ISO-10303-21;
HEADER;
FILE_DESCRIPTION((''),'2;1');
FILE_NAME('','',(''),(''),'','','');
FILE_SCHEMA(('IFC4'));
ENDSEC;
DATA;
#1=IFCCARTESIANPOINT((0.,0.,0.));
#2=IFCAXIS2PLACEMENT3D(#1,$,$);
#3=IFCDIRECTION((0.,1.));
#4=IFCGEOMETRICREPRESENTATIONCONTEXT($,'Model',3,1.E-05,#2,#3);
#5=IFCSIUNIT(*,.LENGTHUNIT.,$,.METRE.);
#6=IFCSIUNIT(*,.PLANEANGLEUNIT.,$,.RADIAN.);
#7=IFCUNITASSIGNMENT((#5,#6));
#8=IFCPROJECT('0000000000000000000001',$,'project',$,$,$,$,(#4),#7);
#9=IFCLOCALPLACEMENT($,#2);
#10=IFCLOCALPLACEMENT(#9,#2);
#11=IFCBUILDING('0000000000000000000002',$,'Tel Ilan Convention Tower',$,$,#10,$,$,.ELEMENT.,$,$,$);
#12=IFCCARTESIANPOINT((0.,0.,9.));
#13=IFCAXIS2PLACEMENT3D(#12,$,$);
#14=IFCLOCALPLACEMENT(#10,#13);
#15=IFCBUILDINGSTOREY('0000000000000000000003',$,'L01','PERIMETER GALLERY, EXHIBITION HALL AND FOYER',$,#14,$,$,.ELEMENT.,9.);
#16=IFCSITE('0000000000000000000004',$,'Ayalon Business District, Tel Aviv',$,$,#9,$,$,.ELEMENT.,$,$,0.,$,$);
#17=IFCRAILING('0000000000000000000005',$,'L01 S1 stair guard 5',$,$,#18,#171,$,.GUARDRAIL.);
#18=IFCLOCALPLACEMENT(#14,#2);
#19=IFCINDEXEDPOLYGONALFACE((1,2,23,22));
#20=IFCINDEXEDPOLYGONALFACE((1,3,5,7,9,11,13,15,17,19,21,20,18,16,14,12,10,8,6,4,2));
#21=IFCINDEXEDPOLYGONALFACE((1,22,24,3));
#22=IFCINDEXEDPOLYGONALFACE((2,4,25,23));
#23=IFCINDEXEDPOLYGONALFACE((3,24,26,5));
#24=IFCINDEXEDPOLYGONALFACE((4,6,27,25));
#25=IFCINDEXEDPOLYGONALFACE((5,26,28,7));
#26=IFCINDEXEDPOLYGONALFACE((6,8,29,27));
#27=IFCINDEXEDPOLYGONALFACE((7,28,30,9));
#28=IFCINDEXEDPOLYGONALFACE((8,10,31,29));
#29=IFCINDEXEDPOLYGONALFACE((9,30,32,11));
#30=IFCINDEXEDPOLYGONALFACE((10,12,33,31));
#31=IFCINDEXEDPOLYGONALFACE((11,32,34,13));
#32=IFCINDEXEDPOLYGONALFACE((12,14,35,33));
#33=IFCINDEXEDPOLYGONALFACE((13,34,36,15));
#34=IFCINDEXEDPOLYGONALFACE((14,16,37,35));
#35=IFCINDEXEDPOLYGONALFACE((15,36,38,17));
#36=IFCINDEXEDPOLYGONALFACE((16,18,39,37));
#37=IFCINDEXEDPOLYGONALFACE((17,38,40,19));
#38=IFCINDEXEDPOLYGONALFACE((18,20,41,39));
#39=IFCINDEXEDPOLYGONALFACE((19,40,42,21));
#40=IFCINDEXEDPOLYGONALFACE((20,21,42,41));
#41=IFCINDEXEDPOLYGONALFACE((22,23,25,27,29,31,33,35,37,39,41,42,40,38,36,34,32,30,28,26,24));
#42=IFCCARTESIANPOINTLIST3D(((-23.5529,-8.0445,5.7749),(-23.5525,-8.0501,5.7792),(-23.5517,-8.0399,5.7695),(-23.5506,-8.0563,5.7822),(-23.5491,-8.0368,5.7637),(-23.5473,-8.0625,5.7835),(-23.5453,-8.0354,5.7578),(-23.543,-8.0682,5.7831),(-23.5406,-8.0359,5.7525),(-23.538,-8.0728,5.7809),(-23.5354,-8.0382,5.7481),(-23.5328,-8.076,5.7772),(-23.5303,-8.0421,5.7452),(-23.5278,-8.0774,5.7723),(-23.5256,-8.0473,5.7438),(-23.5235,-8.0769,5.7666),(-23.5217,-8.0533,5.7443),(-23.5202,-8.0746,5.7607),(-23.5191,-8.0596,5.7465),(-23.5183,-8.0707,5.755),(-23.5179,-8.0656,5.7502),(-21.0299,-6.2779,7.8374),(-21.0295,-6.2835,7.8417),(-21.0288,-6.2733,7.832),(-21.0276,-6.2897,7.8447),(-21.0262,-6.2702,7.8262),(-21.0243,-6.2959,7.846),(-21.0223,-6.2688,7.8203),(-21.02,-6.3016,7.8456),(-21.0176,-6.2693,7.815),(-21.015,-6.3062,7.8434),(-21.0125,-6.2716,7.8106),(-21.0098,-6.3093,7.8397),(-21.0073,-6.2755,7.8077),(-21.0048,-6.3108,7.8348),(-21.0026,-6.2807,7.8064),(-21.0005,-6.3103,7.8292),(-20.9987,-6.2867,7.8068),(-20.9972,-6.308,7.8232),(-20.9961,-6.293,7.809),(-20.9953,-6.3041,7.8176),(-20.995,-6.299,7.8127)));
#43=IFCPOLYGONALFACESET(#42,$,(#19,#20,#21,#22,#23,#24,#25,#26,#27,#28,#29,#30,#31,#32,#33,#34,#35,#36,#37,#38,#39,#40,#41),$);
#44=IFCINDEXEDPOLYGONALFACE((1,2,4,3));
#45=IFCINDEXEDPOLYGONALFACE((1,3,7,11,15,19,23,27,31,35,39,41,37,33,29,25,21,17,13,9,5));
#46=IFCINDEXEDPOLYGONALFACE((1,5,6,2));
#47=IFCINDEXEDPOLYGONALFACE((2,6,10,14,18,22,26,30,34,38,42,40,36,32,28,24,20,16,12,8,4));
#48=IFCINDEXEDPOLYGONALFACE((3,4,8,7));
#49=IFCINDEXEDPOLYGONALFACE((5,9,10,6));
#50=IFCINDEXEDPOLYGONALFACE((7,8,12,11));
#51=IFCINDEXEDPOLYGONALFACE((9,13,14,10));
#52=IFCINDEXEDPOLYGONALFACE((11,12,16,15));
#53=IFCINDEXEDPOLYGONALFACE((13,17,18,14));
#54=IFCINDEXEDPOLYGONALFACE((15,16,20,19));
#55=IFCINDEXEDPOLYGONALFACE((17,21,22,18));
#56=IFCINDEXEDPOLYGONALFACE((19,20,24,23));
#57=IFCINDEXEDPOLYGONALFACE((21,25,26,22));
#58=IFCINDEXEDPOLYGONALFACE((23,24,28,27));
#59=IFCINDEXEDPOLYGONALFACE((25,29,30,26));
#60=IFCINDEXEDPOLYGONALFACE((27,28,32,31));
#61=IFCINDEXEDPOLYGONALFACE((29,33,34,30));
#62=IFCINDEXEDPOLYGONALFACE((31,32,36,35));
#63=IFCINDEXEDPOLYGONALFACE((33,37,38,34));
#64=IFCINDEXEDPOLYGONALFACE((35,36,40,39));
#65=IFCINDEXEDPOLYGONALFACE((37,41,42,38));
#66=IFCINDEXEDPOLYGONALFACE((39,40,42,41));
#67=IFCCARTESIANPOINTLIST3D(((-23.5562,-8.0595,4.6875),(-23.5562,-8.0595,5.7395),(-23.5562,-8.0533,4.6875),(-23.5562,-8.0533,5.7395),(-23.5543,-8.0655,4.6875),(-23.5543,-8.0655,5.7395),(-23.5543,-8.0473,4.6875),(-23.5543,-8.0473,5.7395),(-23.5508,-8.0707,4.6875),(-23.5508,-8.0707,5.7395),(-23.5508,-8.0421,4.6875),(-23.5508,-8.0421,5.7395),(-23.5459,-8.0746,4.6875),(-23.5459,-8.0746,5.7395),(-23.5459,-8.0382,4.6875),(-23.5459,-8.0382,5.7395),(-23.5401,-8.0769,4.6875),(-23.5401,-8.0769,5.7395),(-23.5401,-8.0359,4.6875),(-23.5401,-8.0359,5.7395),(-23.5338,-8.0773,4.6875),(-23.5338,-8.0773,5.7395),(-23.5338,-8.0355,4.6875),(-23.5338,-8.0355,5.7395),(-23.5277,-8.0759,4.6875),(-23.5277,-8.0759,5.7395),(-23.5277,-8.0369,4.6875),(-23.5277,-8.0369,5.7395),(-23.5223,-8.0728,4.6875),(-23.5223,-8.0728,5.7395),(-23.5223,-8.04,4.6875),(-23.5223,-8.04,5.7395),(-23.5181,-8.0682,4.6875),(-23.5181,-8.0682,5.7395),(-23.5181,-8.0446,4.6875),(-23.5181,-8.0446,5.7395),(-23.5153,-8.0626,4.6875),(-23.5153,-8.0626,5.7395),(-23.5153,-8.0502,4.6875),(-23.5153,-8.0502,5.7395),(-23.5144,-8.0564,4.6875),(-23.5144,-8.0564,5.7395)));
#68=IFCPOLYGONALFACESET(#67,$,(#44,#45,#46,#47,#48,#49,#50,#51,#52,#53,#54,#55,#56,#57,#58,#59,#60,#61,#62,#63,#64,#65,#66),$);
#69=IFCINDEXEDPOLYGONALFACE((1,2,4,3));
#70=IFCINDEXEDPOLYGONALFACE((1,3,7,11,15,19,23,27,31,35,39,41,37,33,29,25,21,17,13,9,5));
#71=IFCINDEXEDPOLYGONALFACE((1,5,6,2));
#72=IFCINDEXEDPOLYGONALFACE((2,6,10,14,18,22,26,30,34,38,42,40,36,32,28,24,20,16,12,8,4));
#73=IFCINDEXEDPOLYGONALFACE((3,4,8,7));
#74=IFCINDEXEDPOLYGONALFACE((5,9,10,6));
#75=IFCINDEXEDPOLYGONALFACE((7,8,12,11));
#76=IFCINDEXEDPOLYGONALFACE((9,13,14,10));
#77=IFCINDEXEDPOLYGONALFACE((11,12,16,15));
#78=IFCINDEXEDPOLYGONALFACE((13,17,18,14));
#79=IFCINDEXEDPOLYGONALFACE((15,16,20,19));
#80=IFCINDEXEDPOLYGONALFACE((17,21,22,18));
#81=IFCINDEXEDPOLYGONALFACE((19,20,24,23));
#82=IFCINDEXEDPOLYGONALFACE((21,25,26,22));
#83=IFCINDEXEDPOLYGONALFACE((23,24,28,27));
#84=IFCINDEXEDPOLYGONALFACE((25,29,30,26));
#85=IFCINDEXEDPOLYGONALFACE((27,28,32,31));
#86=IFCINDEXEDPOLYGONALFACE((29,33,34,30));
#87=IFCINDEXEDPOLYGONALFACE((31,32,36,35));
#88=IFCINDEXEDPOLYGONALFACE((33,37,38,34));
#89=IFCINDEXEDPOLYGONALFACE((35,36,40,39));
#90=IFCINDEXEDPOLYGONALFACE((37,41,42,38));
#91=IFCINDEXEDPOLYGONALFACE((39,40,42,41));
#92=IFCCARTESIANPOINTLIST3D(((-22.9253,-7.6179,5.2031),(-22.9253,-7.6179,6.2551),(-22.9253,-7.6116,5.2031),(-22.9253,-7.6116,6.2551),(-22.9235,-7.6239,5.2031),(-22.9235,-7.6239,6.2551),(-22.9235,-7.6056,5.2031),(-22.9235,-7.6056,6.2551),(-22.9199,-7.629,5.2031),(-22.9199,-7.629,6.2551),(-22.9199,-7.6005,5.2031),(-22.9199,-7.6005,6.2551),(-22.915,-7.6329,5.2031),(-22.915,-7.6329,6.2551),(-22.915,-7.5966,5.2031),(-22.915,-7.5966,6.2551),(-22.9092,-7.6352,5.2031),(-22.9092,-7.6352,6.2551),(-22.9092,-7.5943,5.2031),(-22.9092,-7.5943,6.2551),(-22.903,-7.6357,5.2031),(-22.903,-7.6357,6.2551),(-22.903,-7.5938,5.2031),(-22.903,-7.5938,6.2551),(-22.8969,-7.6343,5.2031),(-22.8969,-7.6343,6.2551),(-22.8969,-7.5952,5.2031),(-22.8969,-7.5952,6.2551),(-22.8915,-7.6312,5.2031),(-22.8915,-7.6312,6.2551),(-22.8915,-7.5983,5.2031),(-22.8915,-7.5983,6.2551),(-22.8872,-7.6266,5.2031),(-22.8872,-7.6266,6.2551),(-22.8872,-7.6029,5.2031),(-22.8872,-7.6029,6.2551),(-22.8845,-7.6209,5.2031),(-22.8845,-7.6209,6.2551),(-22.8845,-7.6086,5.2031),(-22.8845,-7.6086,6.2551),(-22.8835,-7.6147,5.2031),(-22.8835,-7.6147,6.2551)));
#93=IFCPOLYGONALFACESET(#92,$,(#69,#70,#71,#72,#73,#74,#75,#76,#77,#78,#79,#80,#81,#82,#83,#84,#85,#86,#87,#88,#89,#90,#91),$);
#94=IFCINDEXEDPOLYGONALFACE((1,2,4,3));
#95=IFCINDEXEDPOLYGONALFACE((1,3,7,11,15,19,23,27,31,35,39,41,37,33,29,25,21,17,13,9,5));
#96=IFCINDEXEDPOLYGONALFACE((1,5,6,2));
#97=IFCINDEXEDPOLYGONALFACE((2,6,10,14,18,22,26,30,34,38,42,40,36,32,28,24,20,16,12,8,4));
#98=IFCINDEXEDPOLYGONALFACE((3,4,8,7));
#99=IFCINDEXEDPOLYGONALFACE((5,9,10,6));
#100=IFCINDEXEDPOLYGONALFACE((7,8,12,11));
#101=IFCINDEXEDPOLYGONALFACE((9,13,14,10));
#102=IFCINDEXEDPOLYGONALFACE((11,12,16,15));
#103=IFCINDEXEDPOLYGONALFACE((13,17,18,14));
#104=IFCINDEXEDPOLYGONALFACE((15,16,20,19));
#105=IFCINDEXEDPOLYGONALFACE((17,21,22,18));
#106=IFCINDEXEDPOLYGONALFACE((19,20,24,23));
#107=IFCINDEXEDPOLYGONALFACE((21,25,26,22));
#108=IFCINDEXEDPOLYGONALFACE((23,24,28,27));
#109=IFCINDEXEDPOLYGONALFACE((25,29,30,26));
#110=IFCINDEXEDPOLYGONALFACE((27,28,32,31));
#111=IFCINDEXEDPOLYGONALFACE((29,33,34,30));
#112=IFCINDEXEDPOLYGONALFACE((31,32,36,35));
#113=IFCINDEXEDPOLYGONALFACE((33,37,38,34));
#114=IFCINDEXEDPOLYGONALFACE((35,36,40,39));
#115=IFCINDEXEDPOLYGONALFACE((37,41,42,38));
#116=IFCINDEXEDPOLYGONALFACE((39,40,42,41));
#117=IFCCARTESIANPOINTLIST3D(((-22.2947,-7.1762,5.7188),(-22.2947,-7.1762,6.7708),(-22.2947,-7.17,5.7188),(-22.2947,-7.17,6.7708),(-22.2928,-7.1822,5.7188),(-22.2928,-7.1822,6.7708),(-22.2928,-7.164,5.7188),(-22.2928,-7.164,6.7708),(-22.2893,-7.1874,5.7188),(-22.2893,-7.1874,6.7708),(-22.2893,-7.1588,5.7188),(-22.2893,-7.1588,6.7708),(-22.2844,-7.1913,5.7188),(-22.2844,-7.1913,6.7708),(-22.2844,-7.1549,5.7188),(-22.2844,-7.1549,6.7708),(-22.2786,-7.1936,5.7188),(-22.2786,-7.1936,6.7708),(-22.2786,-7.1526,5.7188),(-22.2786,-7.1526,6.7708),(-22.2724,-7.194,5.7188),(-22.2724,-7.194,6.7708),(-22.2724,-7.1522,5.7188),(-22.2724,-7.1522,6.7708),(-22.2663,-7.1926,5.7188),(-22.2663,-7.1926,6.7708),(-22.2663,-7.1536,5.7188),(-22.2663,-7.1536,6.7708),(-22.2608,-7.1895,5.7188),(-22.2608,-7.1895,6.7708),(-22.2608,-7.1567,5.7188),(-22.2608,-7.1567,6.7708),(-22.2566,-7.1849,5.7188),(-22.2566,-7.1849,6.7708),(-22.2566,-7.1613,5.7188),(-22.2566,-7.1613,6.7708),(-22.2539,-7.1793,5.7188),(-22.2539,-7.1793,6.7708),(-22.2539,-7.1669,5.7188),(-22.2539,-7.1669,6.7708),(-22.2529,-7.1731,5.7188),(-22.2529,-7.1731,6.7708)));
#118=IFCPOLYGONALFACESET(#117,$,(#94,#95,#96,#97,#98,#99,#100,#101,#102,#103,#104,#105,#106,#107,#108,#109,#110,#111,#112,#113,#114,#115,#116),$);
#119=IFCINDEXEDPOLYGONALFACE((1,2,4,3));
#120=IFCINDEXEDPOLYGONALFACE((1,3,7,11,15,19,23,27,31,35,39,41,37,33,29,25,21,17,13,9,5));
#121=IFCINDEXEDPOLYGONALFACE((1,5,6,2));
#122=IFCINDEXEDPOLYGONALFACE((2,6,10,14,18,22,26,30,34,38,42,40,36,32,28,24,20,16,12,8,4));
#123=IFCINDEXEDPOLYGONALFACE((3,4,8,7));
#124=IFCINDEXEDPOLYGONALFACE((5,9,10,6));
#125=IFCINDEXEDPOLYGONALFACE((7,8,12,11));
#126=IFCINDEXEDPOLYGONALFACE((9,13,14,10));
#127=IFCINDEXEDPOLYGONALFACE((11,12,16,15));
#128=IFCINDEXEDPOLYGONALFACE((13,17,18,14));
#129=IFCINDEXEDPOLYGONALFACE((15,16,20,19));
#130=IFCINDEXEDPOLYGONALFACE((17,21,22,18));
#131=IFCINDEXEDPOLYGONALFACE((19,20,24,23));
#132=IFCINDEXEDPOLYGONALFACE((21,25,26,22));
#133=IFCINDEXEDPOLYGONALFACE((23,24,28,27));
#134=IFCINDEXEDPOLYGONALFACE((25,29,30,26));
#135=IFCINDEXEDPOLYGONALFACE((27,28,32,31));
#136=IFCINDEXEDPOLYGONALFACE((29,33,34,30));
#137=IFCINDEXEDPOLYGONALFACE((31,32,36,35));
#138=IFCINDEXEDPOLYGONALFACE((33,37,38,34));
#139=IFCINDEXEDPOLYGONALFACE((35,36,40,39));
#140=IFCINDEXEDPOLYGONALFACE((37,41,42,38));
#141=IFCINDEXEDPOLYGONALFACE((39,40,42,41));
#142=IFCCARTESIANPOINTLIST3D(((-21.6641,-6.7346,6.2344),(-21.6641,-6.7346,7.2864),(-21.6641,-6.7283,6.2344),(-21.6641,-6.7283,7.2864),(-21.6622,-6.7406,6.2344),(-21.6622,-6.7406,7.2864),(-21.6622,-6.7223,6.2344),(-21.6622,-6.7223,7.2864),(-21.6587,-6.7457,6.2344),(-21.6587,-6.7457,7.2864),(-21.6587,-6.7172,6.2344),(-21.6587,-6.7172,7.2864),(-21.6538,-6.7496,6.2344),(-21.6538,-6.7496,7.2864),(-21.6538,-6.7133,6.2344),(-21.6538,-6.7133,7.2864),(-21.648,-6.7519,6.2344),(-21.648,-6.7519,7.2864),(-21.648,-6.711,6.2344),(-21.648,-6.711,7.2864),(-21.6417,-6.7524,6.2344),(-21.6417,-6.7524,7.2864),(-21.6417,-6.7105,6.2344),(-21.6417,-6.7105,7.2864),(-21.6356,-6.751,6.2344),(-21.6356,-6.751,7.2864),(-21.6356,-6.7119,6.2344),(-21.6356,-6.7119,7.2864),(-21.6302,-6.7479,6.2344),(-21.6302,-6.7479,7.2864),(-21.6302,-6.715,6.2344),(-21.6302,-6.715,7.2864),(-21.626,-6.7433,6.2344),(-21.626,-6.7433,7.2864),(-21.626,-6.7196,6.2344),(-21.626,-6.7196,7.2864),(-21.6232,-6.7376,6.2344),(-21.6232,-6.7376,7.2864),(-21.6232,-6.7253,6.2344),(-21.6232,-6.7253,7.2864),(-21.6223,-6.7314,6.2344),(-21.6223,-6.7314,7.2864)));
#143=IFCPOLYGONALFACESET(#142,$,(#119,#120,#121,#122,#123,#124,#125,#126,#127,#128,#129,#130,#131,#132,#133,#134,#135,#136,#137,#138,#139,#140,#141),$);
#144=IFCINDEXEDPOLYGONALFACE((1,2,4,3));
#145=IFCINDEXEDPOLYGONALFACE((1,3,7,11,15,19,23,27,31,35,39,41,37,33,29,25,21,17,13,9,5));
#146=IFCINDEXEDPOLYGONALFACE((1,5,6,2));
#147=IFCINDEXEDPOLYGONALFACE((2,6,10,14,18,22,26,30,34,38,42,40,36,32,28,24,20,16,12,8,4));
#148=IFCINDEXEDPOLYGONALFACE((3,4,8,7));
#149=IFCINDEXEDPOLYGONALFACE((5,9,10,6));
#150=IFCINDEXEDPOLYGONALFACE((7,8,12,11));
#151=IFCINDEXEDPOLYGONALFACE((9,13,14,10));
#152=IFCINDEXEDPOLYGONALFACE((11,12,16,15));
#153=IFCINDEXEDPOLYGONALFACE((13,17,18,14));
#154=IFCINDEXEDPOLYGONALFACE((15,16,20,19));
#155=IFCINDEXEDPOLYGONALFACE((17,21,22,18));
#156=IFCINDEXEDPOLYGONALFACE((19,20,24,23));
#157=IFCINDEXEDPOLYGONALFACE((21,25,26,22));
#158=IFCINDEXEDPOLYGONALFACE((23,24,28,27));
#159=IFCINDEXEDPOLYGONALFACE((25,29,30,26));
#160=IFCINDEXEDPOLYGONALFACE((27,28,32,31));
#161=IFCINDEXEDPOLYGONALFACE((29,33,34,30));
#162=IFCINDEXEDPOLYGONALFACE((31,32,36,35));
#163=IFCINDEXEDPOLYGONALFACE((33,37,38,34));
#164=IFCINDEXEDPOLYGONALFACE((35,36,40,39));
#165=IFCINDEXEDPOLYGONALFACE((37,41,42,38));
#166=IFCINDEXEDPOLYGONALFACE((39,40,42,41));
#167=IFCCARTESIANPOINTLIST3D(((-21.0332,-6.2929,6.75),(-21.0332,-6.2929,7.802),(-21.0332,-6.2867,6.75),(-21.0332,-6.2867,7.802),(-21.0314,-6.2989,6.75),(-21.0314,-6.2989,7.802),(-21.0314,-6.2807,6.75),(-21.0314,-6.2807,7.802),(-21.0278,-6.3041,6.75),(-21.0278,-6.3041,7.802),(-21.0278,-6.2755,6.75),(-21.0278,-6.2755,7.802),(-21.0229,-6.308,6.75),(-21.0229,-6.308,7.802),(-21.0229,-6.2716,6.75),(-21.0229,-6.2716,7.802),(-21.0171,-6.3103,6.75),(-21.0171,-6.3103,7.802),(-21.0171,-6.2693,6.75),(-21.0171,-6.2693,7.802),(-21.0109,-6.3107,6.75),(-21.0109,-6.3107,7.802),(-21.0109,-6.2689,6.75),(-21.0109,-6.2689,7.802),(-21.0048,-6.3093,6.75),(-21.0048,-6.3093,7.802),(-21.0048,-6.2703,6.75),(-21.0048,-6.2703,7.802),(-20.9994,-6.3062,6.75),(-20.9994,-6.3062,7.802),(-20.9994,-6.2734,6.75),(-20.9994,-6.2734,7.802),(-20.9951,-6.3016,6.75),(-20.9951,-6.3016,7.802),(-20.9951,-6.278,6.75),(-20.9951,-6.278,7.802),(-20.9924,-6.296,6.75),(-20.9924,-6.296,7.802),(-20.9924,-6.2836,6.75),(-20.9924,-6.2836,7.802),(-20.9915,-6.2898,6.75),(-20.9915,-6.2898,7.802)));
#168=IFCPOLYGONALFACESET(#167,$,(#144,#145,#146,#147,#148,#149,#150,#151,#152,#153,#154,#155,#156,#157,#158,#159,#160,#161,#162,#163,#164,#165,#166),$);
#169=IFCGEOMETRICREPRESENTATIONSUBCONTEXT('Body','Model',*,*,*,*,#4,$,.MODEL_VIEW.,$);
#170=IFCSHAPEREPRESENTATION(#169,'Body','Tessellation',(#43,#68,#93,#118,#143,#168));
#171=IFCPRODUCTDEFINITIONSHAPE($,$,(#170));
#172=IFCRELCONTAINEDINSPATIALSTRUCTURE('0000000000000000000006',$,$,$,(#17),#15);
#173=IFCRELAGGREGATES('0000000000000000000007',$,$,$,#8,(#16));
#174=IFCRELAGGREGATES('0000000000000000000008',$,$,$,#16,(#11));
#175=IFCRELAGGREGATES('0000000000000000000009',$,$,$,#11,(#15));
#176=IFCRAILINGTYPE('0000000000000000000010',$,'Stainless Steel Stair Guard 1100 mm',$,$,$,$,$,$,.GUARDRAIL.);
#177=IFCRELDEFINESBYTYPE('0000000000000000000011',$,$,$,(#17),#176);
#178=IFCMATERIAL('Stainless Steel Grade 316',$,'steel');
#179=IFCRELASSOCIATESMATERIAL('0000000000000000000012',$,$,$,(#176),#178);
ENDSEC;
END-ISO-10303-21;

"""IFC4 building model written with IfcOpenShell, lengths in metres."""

from ifc_helpers import new_model, si_unit, direction, frame, origin, origin_2d, place, context, subcontext, project, spatial, circle, extrude, material, type_object, element, save


model = new_model("IFC4")

# Units and contexts
model_context = context("Model", 3, precision=1e-05, world=origin(), true_north=direction((0.0, 1.0)))
body_context = subcontext(model_context, "Body", "Model", "MODEL_VIEW")
ifc_project = project(units=[si_unit("LENGTHUNIT", "METRE"), si_unit("PLANEANGLEUNIT", "RADIAN")], contexts=[model_context])

# Site, building, storey
site_placement = place(None, origin())
site = spatial("IfcSite", under=ifc_project, at=site_placement, Name="Ayalon Business District, Tel Aviv", CompositionType="ELEMENT", RefElevation=0.0)
building_placement = place(site_placement, origin())
building = spatial("IfcBuilding", under=site, at=building_placement, Name="Tel Ilan Convention Tower", CompositionType="ELEMENT")
storey_placement = place(building_placement, frame((0.0, 0.0, 9.0)))
storey = spatial("IfcBuildingStorey", under=building, at=storey_placement, Name="L01", Description="PERIMETER GALLERY, EXHIBITION HALL AND FOYER", CompositionType="ELEMENT", Elevation=9.0)

# Railing
ifc_material_1 = material(Name="Stainless Steel Grade 316", Category="steel")
railing_type = type_object("IfcRailingType", Name="Stainless Steel Stair Guard 1100 mm", PredefinedType="GUARDRAIL", material=ifc_material_1)
railing_1_placement = place(storey_placement, frame((-23.5354, -8.0564, 4.6875)))
element("IfcRailing", 1, at=railing_1_placement, inside=storey, type_object=railing_type, Name="L01 S1 stair guard 5", PredefinedType="GUARDRAIL", context=body_context, shape_type="SweptSolid", body=[
    extrude(circle(Radius=0.0239, at=origin_2d()), frame((0.0, 0.0, 1.0762), z_axis=(0.680635, 0.476589, 0.556416), x_axis=(-0.573579, 0.81915, 0.0)), (0.0, 0.0, 1.0), 3.7068),
    extrude(circle(Radius=0.021, at=origin_2d()), origin(), (0.0, 0.0, 1.0), 1.052),
    extrude(circle(Radius=0.021, at=origin_2d()), frame((0.6309, 0.4417, 0.5156)), (0.0, 0.0, 1.0), 1.052),
    extrude(circle(Radius=0.021, at=origin_2d()), frame((1.2615, 0.8833, 1.0312)), (0.0, 0.0, 1.0), 1.052),
    extrude(circle(Radius=0.021, at=origin_2d()), frame((1.8921, 1.325, 1.5469)), (0.0, 0.0, 1.0), 1.052),
    extrude(circle(Radius=0.021, at=origin_2d()), frame((2.5229, 1.7666, 2.0625)), (0.0, 0.0, 1.0), 1.052),
])

save(model, "model.ifc")
